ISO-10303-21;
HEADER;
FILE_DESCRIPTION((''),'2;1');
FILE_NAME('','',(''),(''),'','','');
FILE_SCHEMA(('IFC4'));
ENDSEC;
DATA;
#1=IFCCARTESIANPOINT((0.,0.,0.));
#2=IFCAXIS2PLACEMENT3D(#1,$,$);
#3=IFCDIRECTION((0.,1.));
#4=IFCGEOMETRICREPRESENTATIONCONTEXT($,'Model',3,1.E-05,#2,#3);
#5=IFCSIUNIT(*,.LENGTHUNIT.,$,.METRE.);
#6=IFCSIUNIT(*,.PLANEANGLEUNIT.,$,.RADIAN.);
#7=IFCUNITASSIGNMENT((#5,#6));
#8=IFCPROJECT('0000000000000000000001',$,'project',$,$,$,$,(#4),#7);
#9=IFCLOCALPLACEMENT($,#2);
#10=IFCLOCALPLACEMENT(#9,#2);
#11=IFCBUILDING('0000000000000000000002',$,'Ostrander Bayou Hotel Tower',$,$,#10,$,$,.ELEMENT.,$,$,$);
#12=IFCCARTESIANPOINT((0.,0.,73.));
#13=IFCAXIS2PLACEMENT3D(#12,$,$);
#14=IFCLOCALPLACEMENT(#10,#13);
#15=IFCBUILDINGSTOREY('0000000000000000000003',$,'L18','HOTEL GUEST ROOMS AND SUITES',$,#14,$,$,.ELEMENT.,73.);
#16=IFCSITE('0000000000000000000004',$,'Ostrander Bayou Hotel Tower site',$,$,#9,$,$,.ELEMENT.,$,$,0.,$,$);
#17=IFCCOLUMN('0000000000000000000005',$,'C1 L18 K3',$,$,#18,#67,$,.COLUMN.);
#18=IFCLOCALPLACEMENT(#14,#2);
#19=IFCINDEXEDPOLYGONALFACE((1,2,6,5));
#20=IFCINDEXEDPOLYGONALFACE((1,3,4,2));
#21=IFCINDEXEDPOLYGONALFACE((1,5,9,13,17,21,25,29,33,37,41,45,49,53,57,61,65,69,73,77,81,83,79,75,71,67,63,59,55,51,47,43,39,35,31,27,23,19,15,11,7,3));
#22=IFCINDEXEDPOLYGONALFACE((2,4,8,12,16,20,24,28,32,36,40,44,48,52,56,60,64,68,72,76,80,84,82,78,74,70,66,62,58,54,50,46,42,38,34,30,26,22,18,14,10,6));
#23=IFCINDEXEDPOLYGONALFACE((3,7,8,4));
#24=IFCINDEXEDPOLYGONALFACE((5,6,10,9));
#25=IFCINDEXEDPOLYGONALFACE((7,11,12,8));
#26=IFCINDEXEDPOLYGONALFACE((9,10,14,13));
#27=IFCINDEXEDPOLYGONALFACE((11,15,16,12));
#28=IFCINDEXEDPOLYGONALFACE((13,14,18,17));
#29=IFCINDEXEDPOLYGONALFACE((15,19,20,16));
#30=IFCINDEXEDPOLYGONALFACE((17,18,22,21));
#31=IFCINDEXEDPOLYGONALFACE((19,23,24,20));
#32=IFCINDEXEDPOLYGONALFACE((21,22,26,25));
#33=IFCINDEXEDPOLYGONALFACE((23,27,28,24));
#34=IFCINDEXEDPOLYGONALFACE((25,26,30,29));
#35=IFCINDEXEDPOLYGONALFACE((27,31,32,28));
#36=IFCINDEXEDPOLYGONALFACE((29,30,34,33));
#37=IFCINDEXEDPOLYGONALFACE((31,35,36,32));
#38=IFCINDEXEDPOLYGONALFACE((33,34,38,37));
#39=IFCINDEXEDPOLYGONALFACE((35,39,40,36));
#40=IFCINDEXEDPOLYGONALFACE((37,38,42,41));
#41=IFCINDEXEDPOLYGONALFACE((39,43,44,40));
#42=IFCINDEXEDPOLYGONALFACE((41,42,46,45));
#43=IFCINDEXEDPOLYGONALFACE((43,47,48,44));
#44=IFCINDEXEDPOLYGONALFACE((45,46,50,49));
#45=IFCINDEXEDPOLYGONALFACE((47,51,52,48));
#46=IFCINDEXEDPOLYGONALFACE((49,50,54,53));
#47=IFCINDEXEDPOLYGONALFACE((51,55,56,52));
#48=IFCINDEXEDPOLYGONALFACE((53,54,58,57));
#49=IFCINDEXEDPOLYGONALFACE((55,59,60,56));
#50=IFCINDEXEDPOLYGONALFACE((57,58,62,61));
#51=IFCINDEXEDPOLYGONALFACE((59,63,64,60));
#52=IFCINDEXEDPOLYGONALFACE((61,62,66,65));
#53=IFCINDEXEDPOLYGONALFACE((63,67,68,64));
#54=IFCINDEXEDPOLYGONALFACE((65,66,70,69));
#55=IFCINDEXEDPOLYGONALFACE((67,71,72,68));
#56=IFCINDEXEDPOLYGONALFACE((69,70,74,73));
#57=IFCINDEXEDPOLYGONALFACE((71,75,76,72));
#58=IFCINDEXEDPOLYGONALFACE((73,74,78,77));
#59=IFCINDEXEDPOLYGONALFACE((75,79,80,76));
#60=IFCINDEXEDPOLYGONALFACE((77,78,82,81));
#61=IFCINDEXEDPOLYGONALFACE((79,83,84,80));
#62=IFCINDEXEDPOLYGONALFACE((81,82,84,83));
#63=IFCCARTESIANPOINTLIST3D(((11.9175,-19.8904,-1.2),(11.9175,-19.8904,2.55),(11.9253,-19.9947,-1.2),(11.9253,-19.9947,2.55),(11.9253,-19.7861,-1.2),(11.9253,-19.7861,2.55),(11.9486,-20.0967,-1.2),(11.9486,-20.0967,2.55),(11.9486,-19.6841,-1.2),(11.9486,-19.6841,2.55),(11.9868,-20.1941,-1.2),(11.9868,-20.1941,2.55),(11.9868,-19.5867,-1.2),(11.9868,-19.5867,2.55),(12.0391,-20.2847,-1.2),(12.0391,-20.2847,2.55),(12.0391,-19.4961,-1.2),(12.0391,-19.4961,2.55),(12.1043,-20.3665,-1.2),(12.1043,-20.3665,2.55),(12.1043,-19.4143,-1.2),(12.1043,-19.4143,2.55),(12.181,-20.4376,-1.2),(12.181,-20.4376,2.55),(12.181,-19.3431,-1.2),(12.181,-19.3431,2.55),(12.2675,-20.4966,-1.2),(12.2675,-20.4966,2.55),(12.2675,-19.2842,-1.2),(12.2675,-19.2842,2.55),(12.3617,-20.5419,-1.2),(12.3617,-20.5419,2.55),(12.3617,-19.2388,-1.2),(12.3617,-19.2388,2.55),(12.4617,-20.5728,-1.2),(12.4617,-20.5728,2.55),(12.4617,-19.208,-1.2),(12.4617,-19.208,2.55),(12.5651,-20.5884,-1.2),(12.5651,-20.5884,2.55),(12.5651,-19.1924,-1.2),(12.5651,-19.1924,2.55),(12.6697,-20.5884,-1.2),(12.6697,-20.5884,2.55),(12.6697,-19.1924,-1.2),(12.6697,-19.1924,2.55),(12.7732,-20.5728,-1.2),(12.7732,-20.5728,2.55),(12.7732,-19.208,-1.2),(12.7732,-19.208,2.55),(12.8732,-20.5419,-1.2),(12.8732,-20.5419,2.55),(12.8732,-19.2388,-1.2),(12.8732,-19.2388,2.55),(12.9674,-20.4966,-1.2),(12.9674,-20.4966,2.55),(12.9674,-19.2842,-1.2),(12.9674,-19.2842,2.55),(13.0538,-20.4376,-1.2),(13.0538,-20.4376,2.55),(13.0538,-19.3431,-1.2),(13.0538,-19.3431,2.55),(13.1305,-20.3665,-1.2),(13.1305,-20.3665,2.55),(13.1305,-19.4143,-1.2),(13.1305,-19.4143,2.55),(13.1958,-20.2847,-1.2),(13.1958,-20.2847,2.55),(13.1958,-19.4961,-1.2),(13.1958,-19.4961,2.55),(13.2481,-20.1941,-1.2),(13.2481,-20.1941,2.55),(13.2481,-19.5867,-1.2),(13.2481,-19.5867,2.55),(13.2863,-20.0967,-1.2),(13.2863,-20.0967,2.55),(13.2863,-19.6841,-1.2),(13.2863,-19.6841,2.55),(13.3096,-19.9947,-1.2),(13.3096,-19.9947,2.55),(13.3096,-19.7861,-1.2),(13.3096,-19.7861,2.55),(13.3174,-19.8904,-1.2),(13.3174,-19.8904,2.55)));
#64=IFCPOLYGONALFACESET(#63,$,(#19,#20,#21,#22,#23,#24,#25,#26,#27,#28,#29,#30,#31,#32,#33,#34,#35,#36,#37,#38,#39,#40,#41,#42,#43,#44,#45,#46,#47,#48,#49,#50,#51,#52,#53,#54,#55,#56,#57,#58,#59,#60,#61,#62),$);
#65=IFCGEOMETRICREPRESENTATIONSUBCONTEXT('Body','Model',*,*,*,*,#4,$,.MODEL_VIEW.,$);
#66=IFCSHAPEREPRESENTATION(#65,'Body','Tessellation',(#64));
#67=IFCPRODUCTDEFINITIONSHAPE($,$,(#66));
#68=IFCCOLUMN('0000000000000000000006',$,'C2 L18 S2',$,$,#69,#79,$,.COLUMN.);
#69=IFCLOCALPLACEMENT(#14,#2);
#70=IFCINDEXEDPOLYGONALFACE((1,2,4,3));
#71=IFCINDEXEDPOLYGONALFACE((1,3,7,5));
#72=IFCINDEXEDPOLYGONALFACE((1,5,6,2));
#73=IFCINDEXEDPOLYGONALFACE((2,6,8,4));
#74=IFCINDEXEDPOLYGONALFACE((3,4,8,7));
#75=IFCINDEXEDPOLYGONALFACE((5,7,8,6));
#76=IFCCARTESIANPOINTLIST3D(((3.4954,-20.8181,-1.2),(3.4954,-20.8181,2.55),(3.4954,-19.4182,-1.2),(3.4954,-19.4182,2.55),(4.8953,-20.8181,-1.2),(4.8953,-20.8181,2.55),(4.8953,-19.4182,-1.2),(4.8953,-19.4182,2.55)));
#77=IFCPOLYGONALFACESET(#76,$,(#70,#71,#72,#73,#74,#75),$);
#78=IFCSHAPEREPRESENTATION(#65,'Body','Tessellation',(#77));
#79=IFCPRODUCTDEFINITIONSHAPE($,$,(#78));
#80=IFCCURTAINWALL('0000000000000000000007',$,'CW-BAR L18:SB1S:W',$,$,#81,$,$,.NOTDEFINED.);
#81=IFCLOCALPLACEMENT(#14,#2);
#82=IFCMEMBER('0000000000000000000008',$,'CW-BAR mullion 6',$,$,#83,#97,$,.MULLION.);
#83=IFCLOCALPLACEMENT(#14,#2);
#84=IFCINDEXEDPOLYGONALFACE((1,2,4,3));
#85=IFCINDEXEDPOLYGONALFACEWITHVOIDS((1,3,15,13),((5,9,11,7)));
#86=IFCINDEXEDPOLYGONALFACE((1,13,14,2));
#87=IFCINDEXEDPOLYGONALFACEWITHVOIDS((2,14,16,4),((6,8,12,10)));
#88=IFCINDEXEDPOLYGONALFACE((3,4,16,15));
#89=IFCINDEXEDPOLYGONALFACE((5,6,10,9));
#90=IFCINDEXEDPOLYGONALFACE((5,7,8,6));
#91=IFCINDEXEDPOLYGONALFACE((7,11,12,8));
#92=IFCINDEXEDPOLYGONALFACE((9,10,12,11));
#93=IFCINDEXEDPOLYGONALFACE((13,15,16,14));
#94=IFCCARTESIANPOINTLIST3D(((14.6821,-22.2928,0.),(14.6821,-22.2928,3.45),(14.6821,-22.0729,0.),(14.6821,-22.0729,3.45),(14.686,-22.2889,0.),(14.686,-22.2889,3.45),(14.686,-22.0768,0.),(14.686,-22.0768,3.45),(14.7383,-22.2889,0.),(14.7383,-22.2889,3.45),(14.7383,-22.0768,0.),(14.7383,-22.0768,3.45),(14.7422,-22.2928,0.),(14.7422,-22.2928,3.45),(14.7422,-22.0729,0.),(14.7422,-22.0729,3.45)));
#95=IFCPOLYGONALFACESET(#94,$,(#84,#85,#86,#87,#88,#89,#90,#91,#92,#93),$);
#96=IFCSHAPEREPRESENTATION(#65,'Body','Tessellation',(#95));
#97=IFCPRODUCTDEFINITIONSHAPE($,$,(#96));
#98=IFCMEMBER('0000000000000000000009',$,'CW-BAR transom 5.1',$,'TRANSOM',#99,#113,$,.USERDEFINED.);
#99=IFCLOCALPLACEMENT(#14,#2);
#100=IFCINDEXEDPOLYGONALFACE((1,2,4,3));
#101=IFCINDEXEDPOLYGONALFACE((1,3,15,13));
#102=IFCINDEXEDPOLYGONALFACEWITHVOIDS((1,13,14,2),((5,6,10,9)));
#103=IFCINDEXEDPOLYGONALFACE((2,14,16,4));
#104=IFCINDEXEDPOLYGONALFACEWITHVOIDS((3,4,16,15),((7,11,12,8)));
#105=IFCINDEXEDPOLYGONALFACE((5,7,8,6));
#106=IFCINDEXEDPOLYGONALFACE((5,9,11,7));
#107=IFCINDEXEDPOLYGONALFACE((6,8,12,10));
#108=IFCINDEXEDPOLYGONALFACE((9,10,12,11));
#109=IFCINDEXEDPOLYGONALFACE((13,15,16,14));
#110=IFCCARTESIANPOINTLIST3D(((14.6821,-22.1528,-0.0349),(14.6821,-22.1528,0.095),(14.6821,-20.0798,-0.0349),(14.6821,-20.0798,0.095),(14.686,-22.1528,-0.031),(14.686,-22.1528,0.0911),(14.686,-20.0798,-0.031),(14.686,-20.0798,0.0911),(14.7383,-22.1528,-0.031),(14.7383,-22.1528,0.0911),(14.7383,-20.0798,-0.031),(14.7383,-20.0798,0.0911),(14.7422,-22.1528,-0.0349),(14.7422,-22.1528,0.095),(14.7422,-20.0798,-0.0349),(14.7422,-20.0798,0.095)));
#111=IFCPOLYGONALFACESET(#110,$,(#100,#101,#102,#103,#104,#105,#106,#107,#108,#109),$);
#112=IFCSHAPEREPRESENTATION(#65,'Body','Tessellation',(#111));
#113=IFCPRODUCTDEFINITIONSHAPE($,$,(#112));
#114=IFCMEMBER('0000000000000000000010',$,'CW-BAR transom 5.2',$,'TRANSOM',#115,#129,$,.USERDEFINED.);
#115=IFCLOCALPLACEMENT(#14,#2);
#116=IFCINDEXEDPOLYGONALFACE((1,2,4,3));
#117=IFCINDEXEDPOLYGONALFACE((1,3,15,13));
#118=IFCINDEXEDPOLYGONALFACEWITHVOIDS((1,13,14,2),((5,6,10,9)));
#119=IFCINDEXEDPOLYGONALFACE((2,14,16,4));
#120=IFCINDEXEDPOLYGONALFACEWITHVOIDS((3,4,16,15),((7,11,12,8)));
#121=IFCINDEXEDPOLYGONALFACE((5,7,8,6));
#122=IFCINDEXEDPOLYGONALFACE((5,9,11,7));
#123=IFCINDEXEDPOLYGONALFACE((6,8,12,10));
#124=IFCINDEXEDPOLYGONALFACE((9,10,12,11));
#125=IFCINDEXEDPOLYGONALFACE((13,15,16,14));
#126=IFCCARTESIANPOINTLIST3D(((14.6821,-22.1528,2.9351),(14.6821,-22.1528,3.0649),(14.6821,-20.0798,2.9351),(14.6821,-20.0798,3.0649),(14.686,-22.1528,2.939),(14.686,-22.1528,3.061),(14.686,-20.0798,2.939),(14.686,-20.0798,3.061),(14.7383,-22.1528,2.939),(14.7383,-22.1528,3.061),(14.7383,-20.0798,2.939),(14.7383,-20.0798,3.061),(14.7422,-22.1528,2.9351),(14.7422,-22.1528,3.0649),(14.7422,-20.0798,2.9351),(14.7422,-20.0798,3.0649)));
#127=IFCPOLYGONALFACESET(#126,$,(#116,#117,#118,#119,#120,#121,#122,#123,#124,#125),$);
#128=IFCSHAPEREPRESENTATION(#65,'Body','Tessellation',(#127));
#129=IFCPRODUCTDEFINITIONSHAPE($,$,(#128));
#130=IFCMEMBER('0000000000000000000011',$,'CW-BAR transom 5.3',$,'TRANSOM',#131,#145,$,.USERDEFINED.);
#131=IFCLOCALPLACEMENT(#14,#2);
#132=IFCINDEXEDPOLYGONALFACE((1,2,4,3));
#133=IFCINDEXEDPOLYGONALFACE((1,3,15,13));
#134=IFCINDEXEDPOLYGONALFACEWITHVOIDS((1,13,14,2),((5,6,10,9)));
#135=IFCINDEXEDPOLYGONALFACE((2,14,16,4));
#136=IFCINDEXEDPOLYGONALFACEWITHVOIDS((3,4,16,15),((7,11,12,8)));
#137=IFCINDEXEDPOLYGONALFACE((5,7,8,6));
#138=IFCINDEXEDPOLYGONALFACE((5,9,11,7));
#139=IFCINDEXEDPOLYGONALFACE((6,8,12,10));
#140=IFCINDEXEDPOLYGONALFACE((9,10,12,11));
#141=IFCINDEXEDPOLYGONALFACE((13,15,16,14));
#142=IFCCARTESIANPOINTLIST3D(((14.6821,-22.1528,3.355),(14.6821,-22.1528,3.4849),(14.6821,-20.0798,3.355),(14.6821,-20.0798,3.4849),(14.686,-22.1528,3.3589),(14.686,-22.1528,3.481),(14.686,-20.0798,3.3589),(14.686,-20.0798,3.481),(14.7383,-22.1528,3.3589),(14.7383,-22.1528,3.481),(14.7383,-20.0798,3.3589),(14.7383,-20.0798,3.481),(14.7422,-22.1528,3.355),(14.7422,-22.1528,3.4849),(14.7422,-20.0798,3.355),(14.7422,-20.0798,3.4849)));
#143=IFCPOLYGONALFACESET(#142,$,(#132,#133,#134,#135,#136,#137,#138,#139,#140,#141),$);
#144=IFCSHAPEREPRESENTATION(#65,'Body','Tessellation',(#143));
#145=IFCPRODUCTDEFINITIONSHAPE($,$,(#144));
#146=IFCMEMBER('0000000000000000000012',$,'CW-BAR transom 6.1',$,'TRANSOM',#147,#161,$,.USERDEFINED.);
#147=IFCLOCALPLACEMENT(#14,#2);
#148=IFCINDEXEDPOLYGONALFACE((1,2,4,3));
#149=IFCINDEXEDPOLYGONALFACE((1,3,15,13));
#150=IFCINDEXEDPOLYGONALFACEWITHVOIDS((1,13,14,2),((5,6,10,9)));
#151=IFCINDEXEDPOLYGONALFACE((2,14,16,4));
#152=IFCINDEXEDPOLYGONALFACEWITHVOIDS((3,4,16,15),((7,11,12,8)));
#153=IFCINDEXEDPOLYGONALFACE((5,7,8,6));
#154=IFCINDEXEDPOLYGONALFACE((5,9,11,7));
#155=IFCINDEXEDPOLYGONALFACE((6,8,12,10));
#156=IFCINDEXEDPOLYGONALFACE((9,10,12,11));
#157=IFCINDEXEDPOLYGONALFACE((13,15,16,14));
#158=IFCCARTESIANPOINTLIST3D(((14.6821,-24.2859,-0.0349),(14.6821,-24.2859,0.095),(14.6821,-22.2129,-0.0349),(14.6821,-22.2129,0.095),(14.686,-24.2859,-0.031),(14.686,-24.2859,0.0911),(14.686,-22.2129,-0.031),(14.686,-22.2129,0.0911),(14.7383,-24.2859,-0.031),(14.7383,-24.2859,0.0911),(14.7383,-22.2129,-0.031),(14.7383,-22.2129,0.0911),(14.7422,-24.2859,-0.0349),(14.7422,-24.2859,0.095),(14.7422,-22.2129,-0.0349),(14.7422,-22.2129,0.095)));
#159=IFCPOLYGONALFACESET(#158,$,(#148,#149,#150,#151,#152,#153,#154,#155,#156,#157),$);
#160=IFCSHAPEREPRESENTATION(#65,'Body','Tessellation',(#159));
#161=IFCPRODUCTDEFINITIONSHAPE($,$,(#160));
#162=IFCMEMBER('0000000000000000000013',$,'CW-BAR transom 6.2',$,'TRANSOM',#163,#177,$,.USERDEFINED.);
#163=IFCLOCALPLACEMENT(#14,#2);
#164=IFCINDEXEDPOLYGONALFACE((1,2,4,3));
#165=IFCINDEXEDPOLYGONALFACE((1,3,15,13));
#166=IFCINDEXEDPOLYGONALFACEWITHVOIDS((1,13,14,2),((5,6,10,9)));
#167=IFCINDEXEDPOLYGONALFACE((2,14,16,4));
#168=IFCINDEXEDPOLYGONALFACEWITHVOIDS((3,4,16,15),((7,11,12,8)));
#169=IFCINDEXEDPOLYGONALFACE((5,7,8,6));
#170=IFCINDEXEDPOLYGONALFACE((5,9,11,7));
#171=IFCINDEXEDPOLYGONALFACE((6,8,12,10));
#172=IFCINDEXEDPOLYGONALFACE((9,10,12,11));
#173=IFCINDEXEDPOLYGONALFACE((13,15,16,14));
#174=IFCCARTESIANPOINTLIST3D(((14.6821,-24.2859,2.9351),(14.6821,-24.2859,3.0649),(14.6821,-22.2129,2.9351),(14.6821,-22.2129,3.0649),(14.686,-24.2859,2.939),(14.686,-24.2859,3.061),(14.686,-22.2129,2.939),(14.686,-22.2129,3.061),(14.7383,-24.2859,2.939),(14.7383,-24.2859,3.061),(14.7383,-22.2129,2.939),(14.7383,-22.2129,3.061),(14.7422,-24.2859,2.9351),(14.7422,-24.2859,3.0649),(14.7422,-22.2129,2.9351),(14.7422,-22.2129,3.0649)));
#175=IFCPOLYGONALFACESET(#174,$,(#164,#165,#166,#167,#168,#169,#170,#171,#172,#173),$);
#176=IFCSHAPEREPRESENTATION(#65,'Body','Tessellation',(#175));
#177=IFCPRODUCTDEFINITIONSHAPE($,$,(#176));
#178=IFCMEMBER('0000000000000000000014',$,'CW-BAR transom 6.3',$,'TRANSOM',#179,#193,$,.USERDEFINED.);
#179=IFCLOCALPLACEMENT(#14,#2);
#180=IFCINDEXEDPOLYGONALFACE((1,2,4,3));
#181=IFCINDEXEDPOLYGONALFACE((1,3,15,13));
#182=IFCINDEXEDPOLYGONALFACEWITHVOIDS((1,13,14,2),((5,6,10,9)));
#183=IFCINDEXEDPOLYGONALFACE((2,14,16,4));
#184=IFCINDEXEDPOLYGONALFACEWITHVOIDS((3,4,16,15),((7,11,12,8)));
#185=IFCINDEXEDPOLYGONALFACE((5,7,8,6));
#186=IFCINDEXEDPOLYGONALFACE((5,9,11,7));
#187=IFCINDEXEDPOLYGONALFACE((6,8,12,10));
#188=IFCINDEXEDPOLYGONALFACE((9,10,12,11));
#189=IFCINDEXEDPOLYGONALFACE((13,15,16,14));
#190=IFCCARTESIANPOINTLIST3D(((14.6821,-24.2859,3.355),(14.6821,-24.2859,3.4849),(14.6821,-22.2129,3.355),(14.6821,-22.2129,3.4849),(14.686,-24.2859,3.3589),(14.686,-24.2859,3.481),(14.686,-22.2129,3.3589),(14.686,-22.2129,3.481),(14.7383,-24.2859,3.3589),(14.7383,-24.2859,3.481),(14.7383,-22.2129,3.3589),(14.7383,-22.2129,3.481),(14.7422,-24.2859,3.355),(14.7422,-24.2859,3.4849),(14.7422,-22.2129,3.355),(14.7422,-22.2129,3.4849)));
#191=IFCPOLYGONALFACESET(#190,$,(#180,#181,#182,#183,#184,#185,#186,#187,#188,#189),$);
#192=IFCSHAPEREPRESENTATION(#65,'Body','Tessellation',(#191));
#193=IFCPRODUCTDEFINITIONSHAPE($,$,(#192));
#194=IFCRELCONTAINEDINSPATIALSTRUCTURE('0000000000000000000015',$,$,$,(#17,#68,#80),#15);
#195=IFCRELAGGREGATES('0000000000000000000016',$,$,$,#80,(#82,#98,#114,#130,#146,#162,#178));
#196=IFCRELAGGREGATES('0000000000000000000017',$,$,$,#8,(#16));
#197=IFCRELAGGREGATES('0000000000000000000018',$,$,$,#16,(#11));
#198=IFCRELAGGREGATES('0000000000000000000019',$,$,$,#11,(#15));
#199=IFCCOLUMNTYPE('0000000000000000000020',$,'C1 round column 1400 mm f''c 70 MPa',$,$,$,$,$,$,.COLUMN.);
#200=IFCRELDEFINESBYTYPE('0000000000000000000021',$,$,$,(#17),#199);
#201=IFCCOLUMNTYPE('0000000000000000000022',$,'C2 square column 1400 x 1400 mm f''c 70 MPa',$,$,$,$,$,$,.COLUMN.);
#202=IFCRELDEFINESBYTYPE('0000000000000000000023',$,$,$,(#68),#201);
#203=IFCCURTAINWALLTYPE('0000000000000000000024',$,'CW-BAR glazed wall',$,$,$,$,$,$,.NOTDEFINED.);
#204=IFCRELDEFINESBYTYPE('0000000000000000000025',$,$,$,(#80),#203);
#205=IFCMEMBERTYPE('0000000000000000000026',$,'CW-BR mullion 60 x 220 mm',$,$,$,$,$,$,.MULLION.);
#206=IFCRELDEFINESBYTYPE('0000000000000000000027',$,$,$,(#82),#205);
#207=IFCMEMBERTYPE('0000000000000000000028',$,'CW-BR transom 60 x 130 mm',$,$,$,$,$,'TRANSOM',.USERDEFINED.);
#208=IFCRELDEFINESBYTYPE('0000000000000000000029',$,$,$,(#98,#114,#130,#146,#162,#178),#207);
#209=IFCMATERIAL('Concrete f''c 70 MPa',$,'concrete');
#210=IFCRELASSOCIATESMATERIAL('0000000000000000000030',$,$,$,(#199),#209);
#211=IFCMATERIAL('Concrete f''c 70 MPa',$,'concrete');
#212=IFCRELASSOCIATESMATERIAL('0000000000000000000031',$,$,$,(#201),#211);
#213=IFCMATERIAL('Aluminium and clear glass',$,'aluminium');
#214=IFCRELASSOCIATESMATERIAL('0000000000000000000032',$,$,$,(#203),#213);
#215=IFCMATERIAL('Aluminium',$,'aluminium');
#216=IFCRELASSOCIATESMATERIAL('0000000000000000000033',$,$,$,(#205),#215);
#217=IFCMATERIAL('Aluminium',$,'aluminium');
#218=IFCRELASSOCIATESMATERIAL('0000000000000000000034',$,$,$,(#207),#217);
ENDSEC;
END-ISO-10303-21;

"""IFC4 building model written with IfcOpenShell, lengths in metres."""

from ifc_helpers import new_model, si_unit, direction, frame, origin, origin_2d, place, context, subcontext, project, spatial, rectangle, hollow_rectangle, circle, extrude, material, material_profile, profile_set, type_object, element, aggregate, save


model = new_model("IFC4")

# Units and contexts
model_context = context("Model", 3, precision=1e-05, world=origin(), true_north=direction((0.0, 1.0)))
body_context = subcontext(model_context, "Body", "Model", "MODEL_VIEW")
ifc_project = project(units=[si_unit("LENGTHUNIT", "METRE"), si_unit("PLANEANGLEUNIT", "RADIAN")], contexts=[model_context])

# Site, building, storey
site_placement = place(None, origin())
site = spatial("IfcSite", under=ifc_project, at=site_placement, Name="Ostrander Bayou Hotel Tower site", CompositionType="ELEMENT", RefElevation=0.0)
building_placement = place(site_placement, origin())
building = spatial("IfcBuilding", under=site, at=building_placement, Name="Ostrander Bayou Hotel Tower", CompositionType="ELEMENT")
storey_placement = place(building_placement, frame((0.0, 0.0, 73.0)))
storey = spatial("IfcBuildingStorey", under=building, at=storey_placement, Name="L18", Description="HOTEL GUEST ROOMS AND SUITES", CompositionType="ELEMENT", Elevation=73.0)

# Columns
ifc_material_1 = material(Name="Concrete f'c 70 MPa", Category="concrete")
ifc_material_profile_1 = material_profile(ifc_material_1, circle(Radius=0.7, at=origin_2d()))
ifc_profile_set_1 = profile_set([ifc_material_profile_1], Name="Concrete f'c 70 MPa")
column_type_1 = type_object("IfcColumnType", Name="C1 round column 1400 mm f'c 70 MPa", PredefinedType="COLUMN", material=ifc_profile_set_1)
column_1_placement = place(storey_placement, frame((12.6174, -19.8904, -1.2), z_axis=(0.0, 0.0, 1.0), x_axis=(1.0, 0.0, 0.0)))
element("IfcColumn", 1, at=column_1_placement, inside=storey, type_object=column_type_1, Name="C1 L18 K3", PredefinedType="COLUMN", context=body_context, shape_type="SweptSolid", body=[
    extrude(circle(Radius=0.7, at=origin_2d()), origin(), (0.0, 0.0, 1.0), 3.75),
])
ifc_material_2 = material(Name="Concrete f'c 70 MPa", Category="concrete")
ifc_material_profile_2 = material_profile(ifc_material_2, rectangle(XDim=1.3999, YDim=1.3999, at=origin_2d()))
ifc_profile_set_2 = profile_set([ifc_material_profile_2], Name="Concrete f'c 70 MPa")
column_type_2 = type_object("IfcColumnType", Name="C2 square column 1400 x 1400 mm f'c 70 MPa", PredefinedType="COLUMN", material=ifc_profile_set_2)
column_2_placement = place(storey_placement, frame((4.1953, -20.1182, -1.2), z_axis=(0.0, 0.0, 1.0), x_axis=(-1.0, 0.0, 0.0)))
element("IfcColumn", 2, at=column_2_placement, inside=storey, type_object=column_type_2, Name="C2 L18 S2", PredefinedType="COLUMN", context=body_context, shape_type="SweptSolid", body=[
    extrude(rectangle(XDim=1.3999, YDim=1.3999, at=origin_2d()), origin(), (0.0, 0.0, 1.0), 3.75),
])

# Curtain wall, members
ifc_material_3 = material(Name="Aluminium and clear glass", Category="aluminium")
curtain_wall_type = type_object("IfcCurtainWallType", Name="CW-BAR glazed wall", PredefinedType="NOTDEFINED", material=ifc_material_3)
curtain_wall_placement = place(storey_placement, origin())
curtain_wall = element("IfcCurtainWall", 3, at=curtain_wall_placement, inside=storey, type_object=curtain_wall_type, Name="CW-BAR L18:SB1S:W", PredefinedType="NOTDEFINED")
ifc_material_4 = material(Name="Aluminium", Category="aluminium")
ifc_material_profile_3 = material_profile(ifc_material_4, hollow_rectangle(XDim=0.0601, YDim=0.22, WallThickness=0.0039, at=origin_2d()))
ifc_profile_set_3 = profile_set([ifc_material_profile_3], Name="Aluminium")
member_type_1 = type_object("IfcMemberType", Name="CW-BR mullion 60 x 220 mm", PredefinedType="MULLION", material=ifc_profile_set_3)
member_1_placement = place(storey_placement, frame((14.7122, -22.1829, 0.0), z_axis=(0.0, 0.0, 1.0), x_axis=(1.0, 0.0, 0.0)))
member_1 = element("IfcMember", 4, at=member_1_placement, type_object=member_type_1, Name="CW-BAR mullion 6", PredefinedType="MULLION", context=body_context, shape_type="SweptSolid", body=[
    extrude(hollow_rectangle(XDim=0.0601, YDim=0.22, WallThickness=0.0039, at=origin_2d()), origin(), (0.0, 0.0, 1.0), 3.45),
])
ifc_material_5 = material(Name="Aluminium", Category="aluminium")
ifc_material_profile_4 = material_profile(ifc_material_5, hollow_rectangle(XDim=0.0601, YDim=0.1299, WallThickness=0.0039, at=origin_2d()))
ifc_profile_set_4 = profile_set([ifc_material_profile_4], Name="Aluminium")
member_type_2 = type_object("IfcMemberType", Name="CW-BR transom 60 x 130 mm", ElementType="TRANSOM", PredefinedType="USERDEFINED", material=ifc_profile_set_4)
member_2_placement = place(storey_placement, frame((14.7122, -20.0798, 0.03), z_axis=(0.0, -1.0, 0.0), x_axis=(1.0, 0.0, 0.0)))
member_2 = element("IfcMember", 5, at=member_2_placement, type_object=member_type_2, Name="CW-BAR transom 5.1", ObjectType="TRANSOM", PredefinedType="USERDEFINED", context=body_context, shape_type="SweptSolid", body=[
    extrude(hollow_rectangle(XDim=0.0601, YDim=0.1299, WallThickness=0.0039, at=origin_2d()), origin(), (0.0, 0.0, 1.0), 2.073),
])
member_3_placement = place(storey_placement, frame((14.7122, -20.0798, 3.0), z_axis=(0.0, -1.0, 0.0), x_axis=(1.0, 0.0, 0.0)))
member_3 = element("IfcMember", 6, at=member_3_placement, type_object=member_type_2, Name="CW-BAR transom 5.2", ObjectType="TRANSOM", PredefinedType="USERDEFINED", context=body_context, shape_type="SweptSolid", body=[
    extrude(hollow_rectangle(XDim=0.0601, YDim=0.1299, WallThickness=0.0039, at=origin_2d()), origin(), (0.0, 0.0, 1.0), 2.073),
])
member_4_placement = place(storey_placement, frame((14.7122, -20.0798, 3.4199), z_axis=(0.0, -1.0, 0.0), x_axis=(1.0, 0.0, 0.0)))
member_4 = element("IfcMember", 7, at=member_4_placement, type_object=member_type_2, Name="CW-BAR transom 5.3", ObjectType="TRANSOM", PredefinedType="USERDEFINED", context=body_context, shape_type="SweptSolid", body=[
    extrude(hollow_rectangle(XDim=0.0601, YDim=0.1299, WallThickness=0.0039, at=origin_2d()), origin(), (0.0, 0.0, 1.0), 2.073),
])
member_5_placement = place(storey_placement, frame((14.7122, -22.2129, 0.03), z_axis=(0.0, -1.0, 0.0), x_axis=(1.0, 0.0, 0.0)))
member_5 = element("IfcMember", 8, at=member_5_placement, type_object=member_type_2, Name="CW-BAR transom 6.1", ObjectType="TRANSOM", PredefinedType="USERDEFINED", context=body_context, shape_type="SweptSolid", body=[
    extrude(hollow_rectangle(XDim=0.0601, YDim=0.1299, WallThickness=0.0039, at=origin_2d()), origin(), (0.0, 0.0, 1.0), 2.073),
])
member_6_placement = place(storey_placement, frame((14.7122, -22.2129, 3.0), z_axis=(0.0, -1.0, 0.0), x_axis=(1.0, 0.0, 0.0)))
member_6 = element("IfcMember", 9, at=member_6_placement, type_object=member_type_2, Name="CW-BAR transom 6.2", ObjectType="TRANSOM", PredefinedType="USERDEFINED", context=body_context, shape_type="SweptSolid", body=[
    extrude(hollow_rectangle(XDim=0.0601, YDim=0.1299, WallThickness=0.0039, at=origin_2d()), origin(), (0.0, 0.0, 1.0), 2.073),
])
member_7_placement = place(storey_placement, frame((14.7122, -22.2129, 3.4199), z_axis=(0.0, -1.0, 0.0), x_axis=(1.0, 0.0, 0.0)))
member_7 = element("IfcMember", 10, at=member_7_placement, type_object=member_type_2, Name="CW-BAR transom 6.3", ObjectType="TRANSOM", PredefinedType="USERDEFINED", context=body_context, shape_type="SweptSolid", body=[
    extrude(hollow_rectangle(XDim=0.0601, YDim=0.1299, WallThickness=0.0039, at=origin_2d()), origin(), (0.0, 0.0, 1.0), 2.073),
])

aggregate(curtain_wall, [member_1, member_2, member_3, member_4, member_5, member_6, member_7])

save(model, "model.ifc")
